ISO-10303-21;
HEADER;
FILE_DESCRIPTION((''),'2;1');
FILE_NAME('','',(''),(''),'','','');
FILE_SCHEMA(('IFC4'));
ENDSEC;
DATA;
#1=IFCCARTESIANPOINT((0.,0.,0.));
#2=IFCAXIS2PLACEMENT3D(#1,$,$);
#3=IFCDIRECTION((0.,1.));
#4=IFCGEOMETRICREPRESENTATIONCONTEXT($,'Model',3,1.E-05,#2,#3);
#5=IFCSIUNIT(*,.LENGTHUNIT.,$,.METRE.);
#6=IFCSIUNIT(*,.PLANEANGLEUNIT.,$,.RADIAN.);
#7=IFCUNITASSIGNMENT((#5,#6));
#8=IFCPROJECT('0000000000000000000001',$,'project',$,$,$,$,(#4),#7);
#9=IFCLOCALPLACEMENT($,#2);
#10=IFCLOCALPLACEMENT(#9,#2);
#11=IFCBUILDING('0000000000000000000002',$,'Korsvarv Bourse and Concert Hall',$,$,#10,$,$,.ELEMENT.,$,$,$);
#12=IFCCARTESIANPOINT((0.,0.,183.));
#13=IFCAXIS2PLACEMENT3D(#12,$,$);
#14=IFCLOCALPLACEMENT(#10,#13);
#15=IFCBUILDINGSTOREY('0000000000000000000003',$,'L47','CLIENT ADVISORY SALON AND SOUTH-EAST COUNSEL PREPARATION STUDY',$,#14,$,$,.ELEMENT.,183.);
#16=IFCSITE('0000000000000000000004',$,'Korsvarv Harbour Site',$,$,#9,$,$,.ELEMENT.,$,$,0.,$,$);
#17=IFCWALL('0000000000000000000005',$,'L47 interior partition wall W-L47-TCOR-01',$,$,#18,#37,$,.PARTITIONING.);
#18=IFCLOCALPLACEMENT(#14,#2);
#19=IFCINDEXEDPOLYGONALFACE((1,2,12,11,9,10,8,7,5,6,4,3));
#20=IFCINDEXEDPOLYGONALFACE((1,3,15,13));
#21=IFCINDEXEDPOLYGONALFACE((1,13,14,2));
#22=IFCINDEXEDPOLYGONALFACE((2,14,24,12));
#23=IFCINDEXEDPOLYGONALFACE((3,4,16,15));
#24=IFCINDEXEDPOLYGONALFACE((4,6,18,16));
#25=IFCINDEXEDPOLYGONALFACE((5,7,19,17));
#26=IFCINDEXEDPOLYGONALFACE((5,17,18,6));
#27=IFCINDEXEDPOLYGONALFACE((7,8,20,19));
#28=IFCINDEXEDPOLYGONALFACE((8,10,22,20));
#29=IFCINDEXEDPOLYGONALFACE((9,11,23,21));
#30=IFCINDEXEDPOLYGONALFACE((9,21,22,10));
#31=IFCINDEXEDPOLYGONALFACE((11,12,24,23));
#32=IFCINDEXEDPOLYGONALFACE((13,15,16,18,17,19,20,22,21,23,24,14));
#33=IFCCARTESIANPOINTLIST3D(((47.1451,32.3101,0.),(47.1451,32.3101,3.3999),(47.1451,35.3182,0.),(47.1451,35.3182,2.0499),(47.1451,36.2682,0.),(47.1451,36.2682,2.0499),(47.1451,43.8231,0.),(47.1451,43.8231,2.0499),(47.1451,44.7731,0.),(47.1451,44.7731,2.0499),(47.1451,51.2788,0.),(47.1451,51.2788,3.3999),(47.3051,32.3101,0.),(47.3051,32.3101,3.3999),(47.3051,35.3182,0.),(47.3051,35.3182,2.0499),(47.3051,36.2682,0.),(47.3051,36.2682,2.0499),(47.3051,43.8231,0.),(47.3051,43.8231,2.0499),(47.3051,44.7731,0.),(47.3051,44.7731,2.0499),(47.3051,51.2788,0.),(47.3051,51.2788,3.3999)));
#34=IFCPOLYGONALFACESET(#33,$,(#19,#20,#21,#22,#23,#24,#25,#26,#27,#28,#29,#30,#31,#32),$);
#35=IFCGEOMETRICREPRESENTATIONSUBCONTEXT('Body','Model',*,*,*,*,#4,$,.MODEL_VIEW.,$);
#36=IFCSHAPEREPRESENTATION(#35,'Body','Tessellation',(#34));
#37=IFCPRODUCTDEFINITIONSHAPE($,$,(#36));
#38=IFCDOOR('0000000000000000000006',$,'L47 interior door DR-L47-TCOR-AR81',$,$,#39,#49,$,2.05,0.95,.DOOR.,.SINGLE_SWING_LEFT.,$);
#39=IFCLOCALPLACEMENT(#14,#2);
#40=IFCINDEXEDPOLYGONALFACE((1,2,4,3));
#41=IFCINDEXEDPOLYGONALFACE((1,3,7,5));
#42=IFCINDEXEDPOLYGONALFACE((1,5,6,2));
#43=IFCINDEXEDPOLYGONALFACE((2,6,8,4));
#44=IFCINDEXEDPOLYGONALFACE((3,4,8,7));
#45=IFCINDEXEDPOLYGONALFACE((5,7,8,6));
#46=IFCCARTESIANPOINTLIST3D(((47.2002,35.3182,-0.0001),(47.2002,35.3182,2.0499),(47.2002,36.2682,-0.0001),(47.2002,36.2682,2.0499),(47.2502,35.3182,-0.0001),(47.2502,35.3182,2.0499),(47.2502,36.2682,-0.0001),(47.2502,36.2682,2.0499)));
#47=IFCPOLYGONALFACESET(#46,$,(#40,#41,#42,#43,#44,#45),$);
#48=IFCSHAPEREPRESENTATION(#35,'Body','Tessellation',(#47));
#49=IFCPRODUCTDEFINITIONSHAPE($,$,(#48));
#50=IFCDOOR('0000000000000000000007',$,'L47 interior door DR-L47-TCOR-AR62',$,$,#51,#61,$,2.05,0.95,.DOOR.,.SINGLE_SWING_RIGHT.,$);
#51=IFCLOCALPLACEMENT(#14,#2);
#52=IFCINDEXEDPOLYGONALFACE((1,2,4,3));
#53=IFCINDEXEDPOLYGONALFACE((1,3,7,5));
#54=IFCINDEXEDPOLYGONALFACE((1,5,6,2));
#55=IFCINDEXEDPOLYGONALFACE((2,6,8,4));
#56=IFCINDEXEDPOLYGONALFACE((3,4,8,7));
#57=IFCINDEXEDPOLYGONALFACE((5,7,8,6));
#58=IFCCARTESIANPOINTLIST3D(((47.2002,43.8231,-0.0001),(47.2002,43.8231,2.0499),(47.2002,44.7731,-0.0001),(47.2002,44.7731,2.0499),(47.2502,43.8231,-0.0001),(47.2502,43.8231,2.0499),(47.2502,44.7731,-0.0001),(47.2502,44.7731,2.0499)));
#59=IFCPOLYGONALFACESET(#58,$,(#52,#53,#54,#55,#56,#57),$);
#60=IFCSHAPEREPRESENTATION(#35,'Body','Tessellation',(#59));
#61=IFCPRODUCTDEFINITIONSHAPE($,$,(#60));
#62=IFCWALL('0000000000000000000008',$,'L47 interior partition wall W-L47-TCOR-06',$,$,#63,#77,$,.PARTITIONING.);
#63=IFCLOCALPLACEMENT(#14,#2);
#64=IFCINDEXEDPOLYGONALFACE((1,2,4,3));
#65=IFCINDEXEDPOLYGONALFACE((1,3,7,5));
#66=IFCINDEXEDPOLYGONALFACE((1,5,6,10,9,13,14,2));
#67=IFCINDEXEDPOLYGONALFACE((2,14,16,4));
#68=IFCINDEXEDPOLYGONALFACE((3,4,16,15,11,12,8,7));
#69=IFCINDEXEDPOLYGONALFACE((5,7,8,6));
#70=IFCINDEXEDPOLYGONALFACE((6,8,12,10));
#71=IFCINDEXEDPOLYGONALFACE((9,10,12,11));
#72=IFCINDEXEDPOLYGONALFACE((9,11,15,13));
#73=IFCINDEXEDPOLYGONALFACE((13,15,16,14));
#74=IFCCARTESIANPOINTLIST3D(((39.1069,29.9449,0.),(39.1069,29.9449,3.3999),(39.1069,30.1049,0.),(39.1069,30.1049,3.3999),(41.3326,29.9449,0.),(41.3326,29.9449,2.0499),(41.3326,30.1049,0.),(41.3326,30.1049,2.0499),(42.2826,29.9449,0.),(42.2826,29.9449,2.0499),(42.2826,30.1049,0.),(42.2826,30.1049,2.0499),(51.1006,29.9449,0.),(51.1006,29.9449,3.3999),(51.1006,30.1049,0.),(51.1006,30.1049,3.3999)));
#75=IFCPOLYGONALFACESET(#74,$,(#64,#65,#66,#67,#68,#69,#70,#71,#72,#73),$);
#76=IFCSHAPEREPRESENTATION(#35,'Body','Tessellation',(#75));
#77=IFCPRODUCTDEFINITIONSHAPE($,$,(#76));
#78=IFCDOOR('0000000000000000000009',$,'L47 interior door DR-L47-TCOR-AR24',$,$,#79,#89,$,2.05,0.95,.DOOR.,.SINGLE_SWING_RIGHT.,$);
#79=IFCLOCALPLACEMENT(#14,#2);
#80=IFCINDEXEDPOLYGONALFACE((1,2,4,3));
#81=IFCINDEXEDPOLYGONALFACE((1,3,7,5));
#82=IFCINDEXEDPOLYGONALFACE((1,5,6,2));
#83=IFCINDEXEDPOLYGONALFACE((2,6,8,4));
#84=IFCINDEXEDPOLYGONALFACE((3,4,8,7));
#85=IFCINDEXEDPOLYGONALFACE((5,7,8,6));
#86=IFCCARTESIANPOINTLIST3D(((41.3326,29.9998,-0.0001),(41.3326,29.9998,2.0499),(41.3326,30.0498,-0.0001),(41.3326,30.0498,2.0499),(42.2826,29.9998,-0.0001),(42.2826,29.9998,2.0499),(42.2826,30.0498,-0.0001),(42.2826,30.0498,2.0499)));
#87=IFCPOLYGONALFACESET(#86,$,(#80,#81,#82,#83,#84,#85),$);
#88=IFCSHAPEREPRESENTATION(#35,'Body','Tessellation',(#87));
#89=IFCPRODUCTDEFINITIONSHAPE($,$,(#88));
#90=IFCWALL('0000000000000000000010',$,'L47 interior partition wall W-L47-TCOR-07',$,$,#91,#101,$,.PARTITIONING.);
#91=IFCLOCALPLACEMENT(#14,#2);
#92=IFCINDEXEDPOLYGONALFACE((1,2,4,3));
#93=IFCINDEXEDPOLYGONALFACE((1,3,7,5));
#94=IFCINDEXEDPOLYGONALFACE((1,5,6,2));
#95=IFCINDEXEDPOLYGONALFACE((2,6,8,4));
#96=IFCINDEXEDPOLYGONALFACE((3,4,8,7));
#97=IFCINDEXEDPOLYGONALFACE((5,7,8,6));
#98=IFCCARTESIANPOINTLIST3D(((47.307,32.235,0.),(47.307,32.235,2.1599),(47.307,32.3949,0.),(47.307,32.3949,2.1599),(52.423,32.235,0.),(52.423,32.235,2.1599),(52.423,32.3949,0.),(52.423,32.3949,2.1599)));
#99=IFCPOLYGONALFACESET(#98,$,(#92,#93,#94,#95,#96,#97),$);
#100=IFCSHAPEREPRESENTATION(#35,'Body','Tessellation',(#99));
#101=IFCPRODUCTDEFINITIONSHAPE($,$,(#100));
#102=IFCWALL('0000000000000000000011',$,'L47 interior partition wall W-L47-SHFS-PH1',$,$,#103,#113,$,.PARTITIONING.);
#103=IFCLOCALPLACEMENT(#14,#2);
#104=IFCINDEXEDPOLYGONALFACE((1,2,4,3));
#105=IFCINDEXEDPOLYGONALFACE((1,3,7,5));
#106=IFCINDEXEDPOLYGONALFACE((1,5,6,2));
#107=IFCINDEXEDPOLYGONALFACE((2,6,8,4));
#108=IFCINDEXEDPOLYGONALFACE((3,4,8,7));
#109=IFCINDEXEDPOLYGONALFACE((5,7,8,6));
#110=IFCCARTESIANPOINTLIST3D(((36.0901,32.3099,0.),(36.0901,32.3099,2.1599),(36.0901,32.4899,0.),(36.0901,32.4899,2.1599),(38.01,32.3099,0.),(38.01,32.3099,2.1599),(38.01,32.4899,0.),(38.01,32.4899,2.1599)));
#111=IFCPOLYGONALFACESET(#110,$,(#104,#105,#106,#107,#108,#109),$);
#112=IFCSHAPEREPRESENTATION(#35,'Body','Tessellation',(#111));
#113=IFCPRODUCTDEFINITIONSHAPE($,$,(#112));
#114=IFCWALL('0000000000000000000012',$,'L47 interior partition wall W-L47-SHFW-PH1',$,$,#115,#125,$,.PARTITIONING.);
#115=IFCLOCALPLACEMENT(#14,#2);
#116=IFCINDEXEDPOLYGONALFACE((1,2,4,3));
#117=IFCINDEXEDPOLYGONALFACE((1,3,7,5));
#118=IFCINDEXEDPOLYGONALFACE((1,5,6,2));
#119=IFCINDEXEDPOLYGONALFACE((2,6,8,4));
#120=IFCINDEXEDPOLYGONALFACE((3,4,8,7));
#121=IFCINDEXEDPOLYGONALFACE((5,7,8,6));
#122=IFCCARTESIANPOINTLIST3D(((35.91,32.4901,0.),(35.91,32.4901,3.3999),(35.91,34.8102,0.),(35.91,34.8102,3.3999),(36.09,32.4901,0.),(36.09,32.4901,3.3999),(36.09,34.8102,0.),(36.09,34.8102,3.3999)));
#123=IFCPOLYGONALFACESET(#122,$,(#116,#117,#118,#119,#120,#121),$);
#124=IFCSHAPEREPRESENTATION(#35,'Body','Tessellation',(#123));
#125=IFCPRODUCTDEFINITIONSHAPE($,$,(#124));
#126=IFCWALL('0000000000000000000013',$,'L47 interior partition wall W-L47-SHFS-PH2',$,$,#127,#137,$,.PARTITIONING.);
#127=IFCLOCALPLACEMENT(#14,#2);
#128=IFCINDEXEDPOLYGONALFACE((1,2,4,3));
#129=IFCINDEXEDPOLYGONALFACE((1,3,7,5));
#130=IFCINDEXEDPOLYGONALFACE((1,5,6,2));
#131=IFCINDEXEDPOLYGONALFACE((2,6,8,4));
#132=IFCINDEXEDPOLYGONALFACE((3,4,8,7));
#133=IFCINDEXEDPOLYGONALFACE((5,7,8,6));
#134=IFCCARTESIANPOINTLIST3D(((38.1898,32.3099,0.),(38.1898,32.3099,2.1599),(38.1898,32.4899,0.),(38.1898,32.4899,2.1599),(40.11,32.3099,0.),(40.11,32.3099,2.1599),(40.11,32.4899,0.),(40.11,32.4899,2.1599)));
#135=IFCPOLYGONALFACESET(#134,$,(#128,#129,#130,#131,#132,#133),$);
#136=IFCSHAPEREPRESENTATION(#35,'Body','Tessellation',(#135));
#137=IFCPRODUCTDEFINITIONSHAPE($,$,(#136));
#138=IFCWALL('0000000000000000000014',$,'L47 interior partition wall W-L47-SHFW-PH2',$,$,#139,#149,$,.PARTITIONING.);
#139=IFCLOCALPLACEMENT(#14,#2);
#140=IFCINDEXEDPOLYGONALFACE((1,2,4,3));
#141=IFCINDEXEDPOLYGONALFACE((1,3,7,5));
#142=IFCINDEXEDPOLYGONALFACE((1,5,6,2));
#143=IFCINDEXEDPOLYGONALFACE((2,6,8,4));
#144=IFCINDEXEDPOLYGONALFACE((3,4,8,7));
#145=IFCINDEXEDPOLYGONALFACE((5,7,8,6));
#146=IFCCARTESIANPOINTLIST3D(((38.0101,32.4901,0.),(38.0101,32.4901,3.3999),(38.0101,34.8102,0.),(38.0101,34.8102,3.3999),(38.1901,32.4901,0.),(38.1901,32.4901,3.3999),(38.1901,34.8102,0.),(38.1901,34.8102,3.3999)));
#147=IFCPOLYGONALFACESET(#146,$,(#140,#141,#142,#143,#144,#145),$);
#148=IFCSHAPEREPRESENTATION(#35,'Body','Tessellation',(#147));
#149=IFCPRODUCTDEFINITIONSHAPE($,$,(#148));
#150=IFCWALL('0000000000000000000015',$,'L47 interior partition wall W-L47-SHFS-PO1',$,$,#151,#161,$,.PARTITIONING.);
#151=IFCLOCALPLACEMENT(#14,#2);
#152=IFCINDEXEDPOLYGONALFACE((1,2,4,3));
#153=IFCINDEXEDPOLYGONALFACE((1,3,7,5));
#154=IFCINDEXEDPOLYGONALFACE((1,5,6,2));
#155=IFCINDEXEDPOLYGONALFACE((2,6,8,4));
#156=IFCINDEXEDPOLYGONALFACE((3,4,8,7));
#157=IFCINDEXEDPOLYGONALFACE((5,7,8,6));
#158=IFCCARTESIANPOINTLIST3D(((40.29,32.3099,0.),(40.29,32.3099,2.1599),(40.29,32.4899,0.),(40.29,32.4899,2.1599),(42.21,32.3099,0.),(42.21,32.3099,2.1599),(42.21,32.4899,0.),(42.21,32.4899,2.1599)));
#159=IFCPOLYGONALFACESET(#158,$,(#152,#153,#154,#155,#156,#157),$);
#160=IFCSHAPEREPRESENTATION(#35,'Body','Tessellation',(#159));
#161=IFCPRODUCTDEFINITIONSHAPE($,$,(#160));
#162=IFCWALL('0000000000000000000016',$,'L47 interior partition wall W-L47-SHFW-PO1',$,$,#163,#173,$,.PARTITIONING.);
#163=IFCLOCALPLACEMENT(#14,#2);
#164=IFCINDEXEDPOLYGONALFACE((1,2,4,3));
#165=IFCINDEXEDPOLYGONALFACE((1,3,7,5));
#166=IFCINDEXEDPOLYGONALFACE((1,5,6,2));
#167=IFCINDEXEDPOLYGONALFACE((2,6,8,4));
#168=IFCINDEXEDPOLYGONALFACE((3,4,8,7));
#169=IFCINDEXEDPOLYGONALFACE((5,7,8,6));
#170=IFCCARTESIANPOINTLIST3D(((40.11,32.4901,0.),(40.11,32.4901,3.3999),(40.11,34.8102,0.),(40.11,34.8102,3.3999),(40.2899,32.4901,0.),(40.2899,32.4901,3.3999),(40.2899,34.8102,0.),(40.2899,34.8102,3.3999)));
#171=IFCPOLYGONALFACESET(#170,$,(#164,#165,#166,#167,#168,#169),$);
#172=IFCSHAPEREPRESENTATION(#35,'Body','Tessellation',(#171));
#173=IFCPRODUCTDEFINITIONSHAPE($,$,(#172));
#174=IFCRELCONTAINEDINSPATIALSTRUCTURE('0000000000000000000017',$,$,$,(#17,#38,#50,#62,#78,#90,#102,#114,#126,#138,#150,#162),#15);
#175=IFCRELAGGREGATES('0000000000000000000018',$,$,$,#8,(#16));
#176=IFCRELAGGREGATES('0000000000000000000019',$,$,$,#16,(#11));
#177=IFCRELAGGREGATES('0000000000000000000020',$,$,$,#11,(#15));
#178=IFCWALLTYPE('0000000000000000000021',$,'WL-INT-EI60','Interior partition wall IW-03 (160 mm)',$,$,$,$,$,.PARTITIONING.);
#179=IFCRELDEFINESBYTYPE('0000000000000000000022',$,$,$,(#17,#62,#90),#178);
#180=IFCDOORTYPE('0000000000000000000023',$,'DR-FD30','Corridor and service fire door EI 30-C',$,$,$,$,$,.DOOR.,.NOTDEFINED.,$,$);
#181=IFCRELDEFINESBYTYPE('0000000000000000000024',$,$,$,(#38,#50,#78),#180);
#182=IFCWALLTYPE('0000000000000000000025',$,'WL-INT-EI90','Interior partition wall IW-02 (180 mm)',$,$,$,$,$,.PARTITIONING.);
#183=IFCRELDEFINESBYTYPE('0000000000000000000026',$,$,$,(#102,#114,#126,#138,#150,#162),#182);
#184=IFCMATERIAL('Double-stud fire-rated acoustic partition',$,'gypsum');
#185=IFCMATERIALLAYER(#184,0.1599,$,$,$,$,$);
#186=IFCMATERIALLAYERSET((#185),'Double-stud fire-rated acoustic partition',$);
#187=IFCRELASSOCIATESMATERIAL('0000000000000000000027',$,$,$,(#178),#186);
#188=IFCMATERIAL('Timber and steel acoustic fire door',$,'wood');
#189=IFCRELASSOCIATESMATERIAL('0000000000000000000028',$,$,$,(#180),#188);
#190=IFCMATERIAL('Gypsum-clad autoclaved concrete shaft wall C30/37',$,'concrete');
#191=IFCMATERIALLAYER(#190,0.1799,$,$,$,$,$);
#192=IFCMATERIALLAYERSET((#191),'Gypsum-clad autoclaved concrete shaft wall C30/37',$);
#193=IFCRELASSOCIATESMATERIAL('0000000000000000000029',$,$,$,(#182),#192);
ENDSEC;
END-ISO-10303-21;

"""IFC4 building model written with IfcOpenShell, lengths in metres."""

from ifc_helpers import new_model, si_unit, direction, frame, frame_2d, origin, place, context, subcontext, project, spatial, rectangle, extrude, material, layer, layer_set, type_object, element, fill, save


model = new_model("IFC4")

# Units and contexts
model_context = context("Model", 3, precision=1e-05, world=origin(), true_north=direction((0.0, 1.0)))
body_context = subcontext(model_context, "Body", "Model", "MODEL_VIEW")
ifc_project = project(units=[si_unit("LENGTHUNIT", "METRE"), si_unit("PLANEANGLEUNIT", "RADIAN")], contexts=[model_context])

# Site, building, storey
site_placement = place(None, origin())
site = spatial("IfcSite", under=ifc_project, at=site_placement, Name="Korsvarv Harbour Site", CompositionType="ELEMENT", RefElevation=0.0)
building_placement = place(site_placement, origin())
building = spatial("IfcBuilding", under=site, at=building_placement, Name="Korsvarv Bourse and Concert Hall", CompositionType="ELEMENT")
storey_placement = place(building_placement, frame((0.0, 0.0, 183.0)))
storey = spatial("IfcBuildingStorey", under=building, at=storey_placement, Name="L47", Description="CLIENT ADVISORY SALON AND SOUTH-EAST COUNSEL PREPARATION STUDY", CompositionType="ELEMENT", Elevation=183.0)

# Wall, openings, doors
ifc_material_1 = material(Name="Double-stud fire-rated acoustic partition", Category="gypsum")
ifc_layer_1 = layer(ifc_material_1, 0.1599)
ifc_layer_set_1 = layer_set([ifc_layer_1], Name="Double-stud fire-rated acoustic partition")
wall_type_1 = type_object("IfcWallType", Name="WL-INT-EI60", Description="Interior partition wall IW-03 (160 mm)", PredefinedType="PARTITIONING", material=ifc_layer_set_1)
wall_1_placement = place(storey_placement, frame((47.2251, 32.3101, 0.0), z_axis=(0.0, 0.0, 1.0), x_axis=(0.0, 1.0, 0.0)))
wall_1 = element("IfcWall", 1, at=wall_1_placement, inside=storey, type_object=wall_type_1, Name="L47 interior partition wall W-L47-TCOR-01", PredefinedType="PARTITIONING", context=body_context, shape_type="SweptSolid", body=[
    extrude(rectangle(XDim=18.9688, YDim=0.1599, at=frame_2d((9.4844, 0.0))), origin(), (0.0, 0.0, 1.0), 3.3999),
])
opening_1_placement = place(wall_1_placement, frame((3.0081, 0.0, 0.0)))
opening_1 = element("IfcOpeningElement", 2, at=opening_1_placement, cuts=wall_1, PredefinedType="OPENING", context=body_context, shape_type="SweptSolid", body=[
    extrude(rectangle(XDim=0.95, YDim=2.05, at=frame_2d((0.4751, 1.0249))), frame((0.0, 0.0898, 0.0), z_axis=(0.0, -1.0, 0.0), x_axis=(1.0, 0.0, 0.0)), (0.0, 0.0, 1.0), 0.1799),
])
opening_2_placement = place(wall_1_placement, frame((11.5129, 0.0, 0.0)))
opening_2 = element("IfcOpeningElement", 3, at=opening_2_placement, cuts=wall_1, PredefinedType="OPENING", context=body_context, shape_type="SweptSolid", body=[
    extrude(rectangle(XDim=0.95, YDim=2.05, at=frame_2d((0.4751, 1.0249))), frame((0.0, 0.0898, 0.0), z_axis=(0.0, -1.0, 0.0), x_axis=(1.0, 0.0, 0.0)), (0.0, 0.0, 1.0), 0.1799),
])
ifc_material_2 = material(Name="Timber and steel acoustic fire door", Category="wood")
door_type = type_object("IfcDoorType", Name="DR-FD30", Description="Corridor and service fire door EI 30-C", OperationType="NOTDEFINED", PredefinedType="DOOR", material=ifc_material_2)
door_1_placement = place(opening_1_placement, origin())
door_1 = element("IfcDoor", 4, at=door_1_placement, inside=storey, type_object=door_type, Name="L47 interior door DR-L47-TCOR-AR81", OperationType="SINGLE_SWING_LEFT", OverallHeight=2.05, OverallWidth=0.95, PredefinedType="DOOR", context=body_context, shape_type="SweptSolid", body=[
    extrude(rectangle(XDim=0.95, YDim=2.05, at=frame_2d((0.4751, 1.0249))), frame((0.0, 0.0249, 0.0), z_axis=(0.0, -1.0, 0.0), x_axis=(1.0, 0.0, 0.0)), (0.0, 0.0, 1.0), 0.05),
])
fill(opening_1, door_1)
door_2_placement = place(opening_2_placement, origin())
door_2 = element("IfcDoor", 5, at=door_2_placement, inside=storey, type_object=door_type, Name="L47 interior door DR-L47-TCOR-AR62", OperationType="SINGLE_SWING_RIGHT", OverallHeight=2.05, OverallWidth=0.95, PredefinedType="DOOR", context=body_context, shape_type="SweptSolid", body=[
    extrude(rectangle(XDim=0.95, YDim=2.05, at=frame_2d((0.4751, 1.0249))), frame((0.0, 0.0249, 0.0), z_axis=(0.0, -1.0, 0.0), x_axis=(1.0, 0.0, 0.0)), (0.0, 0.0, 1.0), 0.05),
])
fill(opening_2, door_2)

# Wall, opening, door
wall_2_placement = place(storey_placement, frame((39.1069, 30.0249, 0.0), z_axis=(0.0, 0.0, 1.0), x_axis=(1.0, 0.0, 0.0)))
wall_2 = element("IfcWall", 6, at=wall_2_placement, inside=storey, type_object=wall_type_1, Name="L47 interior partition wall W-L47-TCOR-06", PredefinedType="PARTITIONING", context=body_context, shape_type="SweptSolid", body=[
    extrude(rectangle(XDim=11.9937, YDim=0.1599, at=frame_2d((5.9968, 0.0))), origin(), (0.0, 0.0, 1.0), 3.3999),
])
opening_3_placement = place(wall_2_placement, frame((2.2256, 0.0, 0.0)))
opening_3 = element("IfcOpeningElement", 7, at=opening_3_placement, cuts=wall_2, PredefinedType="OPENING", context=body_context, shape_type="SweptSolid", body=[
    extrude(rectangle(XDim=0.95, YDim=2.05, at=frame_2d((0.4751, 1.0249))), frame((0.0, 0.0898, 0.0), z_axis=(0.0, -1.0, 0.0), x_axis=(1.0, 0.0, 0.0)), (0.0, 0.0, 1.0), 0.1799),
])
door_3_placement = place(opening_3_placement, origin())
door_3 = element("IfcDoor", 8, at=door_3_placement, inside=storey, type_object=door_type, Name="L47 interior door DR-L47-TCOR-AR24", OperationType="SINGLE_SWING_RIGHT", OverallHeight=2.05, OverallWidth=0.95, PredefinedType="DOOR", context=body_context, shape_type="SweptSolid", body=[
    extrude(rectangle(XDim=0.95, YDim=2.05, at=frame_2d((0.4751, 1.0249))), frame((0.0, 0.0249, 0.0), z_axis=(0.0, -1.0, 0.0), x_axis=(1.0, 0.0, 0.0)), (0.0, 0.0, 1.0), 0.05),
])
fill(opening_3, door_3)

# Walls
wall_3_placement = place(storey_placement, frame((47.3069, 32.3149, 0.0), z_axis=(0.0, 0.0, 1.0), x_axis=(1.0, 0.0, 0.0)))
element("IfcWall", 9, at=wall_3_placement, inside=storey, type_object=wall_type_1, Name="L47 interior partition wall W-L47-TCOR-07", PredefinedType="PARTITIONING", context=body_context, shape_type="SweptSolid", body=[
    extrude(rectangle(XDim=5.116, YDim=0.1599, at=frame_2d((2.5581, 0.0))), origin(), (0.0, 0.0, 1.0), 2.1599),
])
ifc_material_3 = material(Name="Gypsum-clad autoclaved concrete shaft wall C30/37", Category="concrete")
ifc_layer_2 = layer(ifc_material_3, 0.1799)
ifc_layer_set_2 = layer_set([ifc_layer_2], Name="Gypsum-clad autoclaved concrete shaft wall C30/37")
wall_type_2 = type_object("IfcWallType", Name="WL-INT-EI90", Description="Interior partition wall IW-02 (180 mm)", PredefinedType="PARTITIONING", material=ifc_layer_set_2)
wall_4_placement = place(storey_placement, frame((36.0901, 32.3999, 0.0), z_axis=(0.0, 0.0, 1.0), x_axis=(1.0, 0.0, 0.0)))
element("IfcWall", 10, at=wall_4_placement, inside=storey, type_object=wall_type_2, Name="L47 interior partition wall W-L47-SHFS-PH1", PredefinedType="PARTITIONING", context=body_context, shape_type="SweptSolid", body=[
    extrude(rectangle(XDim=1.9199, YDim=0.1799, at=frame_2d((0.96, 0.0))), origin(), (0.0, 0.0, 1.0), 2.1599),
])
wall_5_placement = place(storey_placement, frame((36.0, 32.49, 0.0), z_axis=(0.0, 0.0, 1.0), x_axis=(0.0, 1.0, 0.0)))
element("IfcWall", 11, at=wall_5_placement, inside=storey, type_object=wall_type_2, Name="L47 interior partition wall W-L47-SHFW-PH1", PredefinedType="PARTITIONING", context=body_context, shape_type="SweptSolid", body=[
    extrude(rectangle(XDim=2.3201, YDim=0.1799, at=frame_2d((1.1602, 0.0))), origin(), (0.0, 0.0, 1.0), 3.3999),
])
wall_6_placement = place(storey_placement, frame((38.1899, 32.3999, 0.0), z_axis=(0.0, 0.0, 1.0), x_axis=(1.0, 0.0, 0.0)))
element("IfcWall", 12, at=wall_6_placement, inside=storey, type_object=wall_type_2, Name="L47 interior partition wall W-L47-SHFS-PH2", PredefinedType="PARTITIONING", context=body_context, shape_type="SweptSolid", body=[
    extrude(rectangle(XDim=1.9202, YDim=0.1799, at=frame_2d((0.96, 0.0))), origin(), (0.0, 0.0, 1.0), 2.1599),
])
wall_7_placement = place(storey_placement, frame((38.1001, 32.49, 0.0), z_axis=(0.0, 0.0, 1.0), x_axis=(0.0, 1.0, 0.0)))
element("IfcWall", 13, at=wall_7_placement, inside=storey, type_object=wall_type_2, Name="L47 interior partition wall W-L47-SHFW-PH2", PredefinedType="PARTITIONING", context=body_context, shape_type="SweptSolid", body=[
    extrude(rectangle(XDim=2.3201, YDim=0.1799, at=frame_2d((1.1602, 0.0))), origin(), (0.0, 0.0, 1.0), 3.3999),
])
wall_8_placement = place(storey_placement, frame((40.29, 32.3999, 0.0), z_axis=(0.0, 0.0, 1.0), x_axis=(1.0, 0.0, 0.0)))
element("IfcWall", 14, at=wall_8_placement, inside=storey, type_object=wall_type_2, Name="L47 interior partition wall W-L47-SHFS-PO1", PredefinedType="PARTITIONING", context=body_context, shape_type="SweptSolid", body=[
    extrude(rectangle(XDim=1.9199, YDim=0.1799, at=frame_2d((0.96, 0.0))), origin(), (0.0, 0.0, 1.0), 2.1599),
])
wall_9_placement = place(storey_placement, frame((40.2, 32.49, 0.0), z_axis=(0.0, 0.0, 1.0), x_axis=(0.0, 1.0, 0.0)))
element("IfcWall", 15, at=wall_9_placement, inside=storey, type_object=wall_type_2, Name="L47 interior partition wall W-L47-SHFW-PO1", PredefinedType="PARTITIONING", context=body_context, shape_type="SweptSolid", body=[
    extrude(rectangle(XDim=2.3201, YDim=0.1799, at=frame_2d((1.1602, 0.0))), origin(), (0.0, 0.0, 1.0), 3.3999),
])

save(model, "model.ifc")
